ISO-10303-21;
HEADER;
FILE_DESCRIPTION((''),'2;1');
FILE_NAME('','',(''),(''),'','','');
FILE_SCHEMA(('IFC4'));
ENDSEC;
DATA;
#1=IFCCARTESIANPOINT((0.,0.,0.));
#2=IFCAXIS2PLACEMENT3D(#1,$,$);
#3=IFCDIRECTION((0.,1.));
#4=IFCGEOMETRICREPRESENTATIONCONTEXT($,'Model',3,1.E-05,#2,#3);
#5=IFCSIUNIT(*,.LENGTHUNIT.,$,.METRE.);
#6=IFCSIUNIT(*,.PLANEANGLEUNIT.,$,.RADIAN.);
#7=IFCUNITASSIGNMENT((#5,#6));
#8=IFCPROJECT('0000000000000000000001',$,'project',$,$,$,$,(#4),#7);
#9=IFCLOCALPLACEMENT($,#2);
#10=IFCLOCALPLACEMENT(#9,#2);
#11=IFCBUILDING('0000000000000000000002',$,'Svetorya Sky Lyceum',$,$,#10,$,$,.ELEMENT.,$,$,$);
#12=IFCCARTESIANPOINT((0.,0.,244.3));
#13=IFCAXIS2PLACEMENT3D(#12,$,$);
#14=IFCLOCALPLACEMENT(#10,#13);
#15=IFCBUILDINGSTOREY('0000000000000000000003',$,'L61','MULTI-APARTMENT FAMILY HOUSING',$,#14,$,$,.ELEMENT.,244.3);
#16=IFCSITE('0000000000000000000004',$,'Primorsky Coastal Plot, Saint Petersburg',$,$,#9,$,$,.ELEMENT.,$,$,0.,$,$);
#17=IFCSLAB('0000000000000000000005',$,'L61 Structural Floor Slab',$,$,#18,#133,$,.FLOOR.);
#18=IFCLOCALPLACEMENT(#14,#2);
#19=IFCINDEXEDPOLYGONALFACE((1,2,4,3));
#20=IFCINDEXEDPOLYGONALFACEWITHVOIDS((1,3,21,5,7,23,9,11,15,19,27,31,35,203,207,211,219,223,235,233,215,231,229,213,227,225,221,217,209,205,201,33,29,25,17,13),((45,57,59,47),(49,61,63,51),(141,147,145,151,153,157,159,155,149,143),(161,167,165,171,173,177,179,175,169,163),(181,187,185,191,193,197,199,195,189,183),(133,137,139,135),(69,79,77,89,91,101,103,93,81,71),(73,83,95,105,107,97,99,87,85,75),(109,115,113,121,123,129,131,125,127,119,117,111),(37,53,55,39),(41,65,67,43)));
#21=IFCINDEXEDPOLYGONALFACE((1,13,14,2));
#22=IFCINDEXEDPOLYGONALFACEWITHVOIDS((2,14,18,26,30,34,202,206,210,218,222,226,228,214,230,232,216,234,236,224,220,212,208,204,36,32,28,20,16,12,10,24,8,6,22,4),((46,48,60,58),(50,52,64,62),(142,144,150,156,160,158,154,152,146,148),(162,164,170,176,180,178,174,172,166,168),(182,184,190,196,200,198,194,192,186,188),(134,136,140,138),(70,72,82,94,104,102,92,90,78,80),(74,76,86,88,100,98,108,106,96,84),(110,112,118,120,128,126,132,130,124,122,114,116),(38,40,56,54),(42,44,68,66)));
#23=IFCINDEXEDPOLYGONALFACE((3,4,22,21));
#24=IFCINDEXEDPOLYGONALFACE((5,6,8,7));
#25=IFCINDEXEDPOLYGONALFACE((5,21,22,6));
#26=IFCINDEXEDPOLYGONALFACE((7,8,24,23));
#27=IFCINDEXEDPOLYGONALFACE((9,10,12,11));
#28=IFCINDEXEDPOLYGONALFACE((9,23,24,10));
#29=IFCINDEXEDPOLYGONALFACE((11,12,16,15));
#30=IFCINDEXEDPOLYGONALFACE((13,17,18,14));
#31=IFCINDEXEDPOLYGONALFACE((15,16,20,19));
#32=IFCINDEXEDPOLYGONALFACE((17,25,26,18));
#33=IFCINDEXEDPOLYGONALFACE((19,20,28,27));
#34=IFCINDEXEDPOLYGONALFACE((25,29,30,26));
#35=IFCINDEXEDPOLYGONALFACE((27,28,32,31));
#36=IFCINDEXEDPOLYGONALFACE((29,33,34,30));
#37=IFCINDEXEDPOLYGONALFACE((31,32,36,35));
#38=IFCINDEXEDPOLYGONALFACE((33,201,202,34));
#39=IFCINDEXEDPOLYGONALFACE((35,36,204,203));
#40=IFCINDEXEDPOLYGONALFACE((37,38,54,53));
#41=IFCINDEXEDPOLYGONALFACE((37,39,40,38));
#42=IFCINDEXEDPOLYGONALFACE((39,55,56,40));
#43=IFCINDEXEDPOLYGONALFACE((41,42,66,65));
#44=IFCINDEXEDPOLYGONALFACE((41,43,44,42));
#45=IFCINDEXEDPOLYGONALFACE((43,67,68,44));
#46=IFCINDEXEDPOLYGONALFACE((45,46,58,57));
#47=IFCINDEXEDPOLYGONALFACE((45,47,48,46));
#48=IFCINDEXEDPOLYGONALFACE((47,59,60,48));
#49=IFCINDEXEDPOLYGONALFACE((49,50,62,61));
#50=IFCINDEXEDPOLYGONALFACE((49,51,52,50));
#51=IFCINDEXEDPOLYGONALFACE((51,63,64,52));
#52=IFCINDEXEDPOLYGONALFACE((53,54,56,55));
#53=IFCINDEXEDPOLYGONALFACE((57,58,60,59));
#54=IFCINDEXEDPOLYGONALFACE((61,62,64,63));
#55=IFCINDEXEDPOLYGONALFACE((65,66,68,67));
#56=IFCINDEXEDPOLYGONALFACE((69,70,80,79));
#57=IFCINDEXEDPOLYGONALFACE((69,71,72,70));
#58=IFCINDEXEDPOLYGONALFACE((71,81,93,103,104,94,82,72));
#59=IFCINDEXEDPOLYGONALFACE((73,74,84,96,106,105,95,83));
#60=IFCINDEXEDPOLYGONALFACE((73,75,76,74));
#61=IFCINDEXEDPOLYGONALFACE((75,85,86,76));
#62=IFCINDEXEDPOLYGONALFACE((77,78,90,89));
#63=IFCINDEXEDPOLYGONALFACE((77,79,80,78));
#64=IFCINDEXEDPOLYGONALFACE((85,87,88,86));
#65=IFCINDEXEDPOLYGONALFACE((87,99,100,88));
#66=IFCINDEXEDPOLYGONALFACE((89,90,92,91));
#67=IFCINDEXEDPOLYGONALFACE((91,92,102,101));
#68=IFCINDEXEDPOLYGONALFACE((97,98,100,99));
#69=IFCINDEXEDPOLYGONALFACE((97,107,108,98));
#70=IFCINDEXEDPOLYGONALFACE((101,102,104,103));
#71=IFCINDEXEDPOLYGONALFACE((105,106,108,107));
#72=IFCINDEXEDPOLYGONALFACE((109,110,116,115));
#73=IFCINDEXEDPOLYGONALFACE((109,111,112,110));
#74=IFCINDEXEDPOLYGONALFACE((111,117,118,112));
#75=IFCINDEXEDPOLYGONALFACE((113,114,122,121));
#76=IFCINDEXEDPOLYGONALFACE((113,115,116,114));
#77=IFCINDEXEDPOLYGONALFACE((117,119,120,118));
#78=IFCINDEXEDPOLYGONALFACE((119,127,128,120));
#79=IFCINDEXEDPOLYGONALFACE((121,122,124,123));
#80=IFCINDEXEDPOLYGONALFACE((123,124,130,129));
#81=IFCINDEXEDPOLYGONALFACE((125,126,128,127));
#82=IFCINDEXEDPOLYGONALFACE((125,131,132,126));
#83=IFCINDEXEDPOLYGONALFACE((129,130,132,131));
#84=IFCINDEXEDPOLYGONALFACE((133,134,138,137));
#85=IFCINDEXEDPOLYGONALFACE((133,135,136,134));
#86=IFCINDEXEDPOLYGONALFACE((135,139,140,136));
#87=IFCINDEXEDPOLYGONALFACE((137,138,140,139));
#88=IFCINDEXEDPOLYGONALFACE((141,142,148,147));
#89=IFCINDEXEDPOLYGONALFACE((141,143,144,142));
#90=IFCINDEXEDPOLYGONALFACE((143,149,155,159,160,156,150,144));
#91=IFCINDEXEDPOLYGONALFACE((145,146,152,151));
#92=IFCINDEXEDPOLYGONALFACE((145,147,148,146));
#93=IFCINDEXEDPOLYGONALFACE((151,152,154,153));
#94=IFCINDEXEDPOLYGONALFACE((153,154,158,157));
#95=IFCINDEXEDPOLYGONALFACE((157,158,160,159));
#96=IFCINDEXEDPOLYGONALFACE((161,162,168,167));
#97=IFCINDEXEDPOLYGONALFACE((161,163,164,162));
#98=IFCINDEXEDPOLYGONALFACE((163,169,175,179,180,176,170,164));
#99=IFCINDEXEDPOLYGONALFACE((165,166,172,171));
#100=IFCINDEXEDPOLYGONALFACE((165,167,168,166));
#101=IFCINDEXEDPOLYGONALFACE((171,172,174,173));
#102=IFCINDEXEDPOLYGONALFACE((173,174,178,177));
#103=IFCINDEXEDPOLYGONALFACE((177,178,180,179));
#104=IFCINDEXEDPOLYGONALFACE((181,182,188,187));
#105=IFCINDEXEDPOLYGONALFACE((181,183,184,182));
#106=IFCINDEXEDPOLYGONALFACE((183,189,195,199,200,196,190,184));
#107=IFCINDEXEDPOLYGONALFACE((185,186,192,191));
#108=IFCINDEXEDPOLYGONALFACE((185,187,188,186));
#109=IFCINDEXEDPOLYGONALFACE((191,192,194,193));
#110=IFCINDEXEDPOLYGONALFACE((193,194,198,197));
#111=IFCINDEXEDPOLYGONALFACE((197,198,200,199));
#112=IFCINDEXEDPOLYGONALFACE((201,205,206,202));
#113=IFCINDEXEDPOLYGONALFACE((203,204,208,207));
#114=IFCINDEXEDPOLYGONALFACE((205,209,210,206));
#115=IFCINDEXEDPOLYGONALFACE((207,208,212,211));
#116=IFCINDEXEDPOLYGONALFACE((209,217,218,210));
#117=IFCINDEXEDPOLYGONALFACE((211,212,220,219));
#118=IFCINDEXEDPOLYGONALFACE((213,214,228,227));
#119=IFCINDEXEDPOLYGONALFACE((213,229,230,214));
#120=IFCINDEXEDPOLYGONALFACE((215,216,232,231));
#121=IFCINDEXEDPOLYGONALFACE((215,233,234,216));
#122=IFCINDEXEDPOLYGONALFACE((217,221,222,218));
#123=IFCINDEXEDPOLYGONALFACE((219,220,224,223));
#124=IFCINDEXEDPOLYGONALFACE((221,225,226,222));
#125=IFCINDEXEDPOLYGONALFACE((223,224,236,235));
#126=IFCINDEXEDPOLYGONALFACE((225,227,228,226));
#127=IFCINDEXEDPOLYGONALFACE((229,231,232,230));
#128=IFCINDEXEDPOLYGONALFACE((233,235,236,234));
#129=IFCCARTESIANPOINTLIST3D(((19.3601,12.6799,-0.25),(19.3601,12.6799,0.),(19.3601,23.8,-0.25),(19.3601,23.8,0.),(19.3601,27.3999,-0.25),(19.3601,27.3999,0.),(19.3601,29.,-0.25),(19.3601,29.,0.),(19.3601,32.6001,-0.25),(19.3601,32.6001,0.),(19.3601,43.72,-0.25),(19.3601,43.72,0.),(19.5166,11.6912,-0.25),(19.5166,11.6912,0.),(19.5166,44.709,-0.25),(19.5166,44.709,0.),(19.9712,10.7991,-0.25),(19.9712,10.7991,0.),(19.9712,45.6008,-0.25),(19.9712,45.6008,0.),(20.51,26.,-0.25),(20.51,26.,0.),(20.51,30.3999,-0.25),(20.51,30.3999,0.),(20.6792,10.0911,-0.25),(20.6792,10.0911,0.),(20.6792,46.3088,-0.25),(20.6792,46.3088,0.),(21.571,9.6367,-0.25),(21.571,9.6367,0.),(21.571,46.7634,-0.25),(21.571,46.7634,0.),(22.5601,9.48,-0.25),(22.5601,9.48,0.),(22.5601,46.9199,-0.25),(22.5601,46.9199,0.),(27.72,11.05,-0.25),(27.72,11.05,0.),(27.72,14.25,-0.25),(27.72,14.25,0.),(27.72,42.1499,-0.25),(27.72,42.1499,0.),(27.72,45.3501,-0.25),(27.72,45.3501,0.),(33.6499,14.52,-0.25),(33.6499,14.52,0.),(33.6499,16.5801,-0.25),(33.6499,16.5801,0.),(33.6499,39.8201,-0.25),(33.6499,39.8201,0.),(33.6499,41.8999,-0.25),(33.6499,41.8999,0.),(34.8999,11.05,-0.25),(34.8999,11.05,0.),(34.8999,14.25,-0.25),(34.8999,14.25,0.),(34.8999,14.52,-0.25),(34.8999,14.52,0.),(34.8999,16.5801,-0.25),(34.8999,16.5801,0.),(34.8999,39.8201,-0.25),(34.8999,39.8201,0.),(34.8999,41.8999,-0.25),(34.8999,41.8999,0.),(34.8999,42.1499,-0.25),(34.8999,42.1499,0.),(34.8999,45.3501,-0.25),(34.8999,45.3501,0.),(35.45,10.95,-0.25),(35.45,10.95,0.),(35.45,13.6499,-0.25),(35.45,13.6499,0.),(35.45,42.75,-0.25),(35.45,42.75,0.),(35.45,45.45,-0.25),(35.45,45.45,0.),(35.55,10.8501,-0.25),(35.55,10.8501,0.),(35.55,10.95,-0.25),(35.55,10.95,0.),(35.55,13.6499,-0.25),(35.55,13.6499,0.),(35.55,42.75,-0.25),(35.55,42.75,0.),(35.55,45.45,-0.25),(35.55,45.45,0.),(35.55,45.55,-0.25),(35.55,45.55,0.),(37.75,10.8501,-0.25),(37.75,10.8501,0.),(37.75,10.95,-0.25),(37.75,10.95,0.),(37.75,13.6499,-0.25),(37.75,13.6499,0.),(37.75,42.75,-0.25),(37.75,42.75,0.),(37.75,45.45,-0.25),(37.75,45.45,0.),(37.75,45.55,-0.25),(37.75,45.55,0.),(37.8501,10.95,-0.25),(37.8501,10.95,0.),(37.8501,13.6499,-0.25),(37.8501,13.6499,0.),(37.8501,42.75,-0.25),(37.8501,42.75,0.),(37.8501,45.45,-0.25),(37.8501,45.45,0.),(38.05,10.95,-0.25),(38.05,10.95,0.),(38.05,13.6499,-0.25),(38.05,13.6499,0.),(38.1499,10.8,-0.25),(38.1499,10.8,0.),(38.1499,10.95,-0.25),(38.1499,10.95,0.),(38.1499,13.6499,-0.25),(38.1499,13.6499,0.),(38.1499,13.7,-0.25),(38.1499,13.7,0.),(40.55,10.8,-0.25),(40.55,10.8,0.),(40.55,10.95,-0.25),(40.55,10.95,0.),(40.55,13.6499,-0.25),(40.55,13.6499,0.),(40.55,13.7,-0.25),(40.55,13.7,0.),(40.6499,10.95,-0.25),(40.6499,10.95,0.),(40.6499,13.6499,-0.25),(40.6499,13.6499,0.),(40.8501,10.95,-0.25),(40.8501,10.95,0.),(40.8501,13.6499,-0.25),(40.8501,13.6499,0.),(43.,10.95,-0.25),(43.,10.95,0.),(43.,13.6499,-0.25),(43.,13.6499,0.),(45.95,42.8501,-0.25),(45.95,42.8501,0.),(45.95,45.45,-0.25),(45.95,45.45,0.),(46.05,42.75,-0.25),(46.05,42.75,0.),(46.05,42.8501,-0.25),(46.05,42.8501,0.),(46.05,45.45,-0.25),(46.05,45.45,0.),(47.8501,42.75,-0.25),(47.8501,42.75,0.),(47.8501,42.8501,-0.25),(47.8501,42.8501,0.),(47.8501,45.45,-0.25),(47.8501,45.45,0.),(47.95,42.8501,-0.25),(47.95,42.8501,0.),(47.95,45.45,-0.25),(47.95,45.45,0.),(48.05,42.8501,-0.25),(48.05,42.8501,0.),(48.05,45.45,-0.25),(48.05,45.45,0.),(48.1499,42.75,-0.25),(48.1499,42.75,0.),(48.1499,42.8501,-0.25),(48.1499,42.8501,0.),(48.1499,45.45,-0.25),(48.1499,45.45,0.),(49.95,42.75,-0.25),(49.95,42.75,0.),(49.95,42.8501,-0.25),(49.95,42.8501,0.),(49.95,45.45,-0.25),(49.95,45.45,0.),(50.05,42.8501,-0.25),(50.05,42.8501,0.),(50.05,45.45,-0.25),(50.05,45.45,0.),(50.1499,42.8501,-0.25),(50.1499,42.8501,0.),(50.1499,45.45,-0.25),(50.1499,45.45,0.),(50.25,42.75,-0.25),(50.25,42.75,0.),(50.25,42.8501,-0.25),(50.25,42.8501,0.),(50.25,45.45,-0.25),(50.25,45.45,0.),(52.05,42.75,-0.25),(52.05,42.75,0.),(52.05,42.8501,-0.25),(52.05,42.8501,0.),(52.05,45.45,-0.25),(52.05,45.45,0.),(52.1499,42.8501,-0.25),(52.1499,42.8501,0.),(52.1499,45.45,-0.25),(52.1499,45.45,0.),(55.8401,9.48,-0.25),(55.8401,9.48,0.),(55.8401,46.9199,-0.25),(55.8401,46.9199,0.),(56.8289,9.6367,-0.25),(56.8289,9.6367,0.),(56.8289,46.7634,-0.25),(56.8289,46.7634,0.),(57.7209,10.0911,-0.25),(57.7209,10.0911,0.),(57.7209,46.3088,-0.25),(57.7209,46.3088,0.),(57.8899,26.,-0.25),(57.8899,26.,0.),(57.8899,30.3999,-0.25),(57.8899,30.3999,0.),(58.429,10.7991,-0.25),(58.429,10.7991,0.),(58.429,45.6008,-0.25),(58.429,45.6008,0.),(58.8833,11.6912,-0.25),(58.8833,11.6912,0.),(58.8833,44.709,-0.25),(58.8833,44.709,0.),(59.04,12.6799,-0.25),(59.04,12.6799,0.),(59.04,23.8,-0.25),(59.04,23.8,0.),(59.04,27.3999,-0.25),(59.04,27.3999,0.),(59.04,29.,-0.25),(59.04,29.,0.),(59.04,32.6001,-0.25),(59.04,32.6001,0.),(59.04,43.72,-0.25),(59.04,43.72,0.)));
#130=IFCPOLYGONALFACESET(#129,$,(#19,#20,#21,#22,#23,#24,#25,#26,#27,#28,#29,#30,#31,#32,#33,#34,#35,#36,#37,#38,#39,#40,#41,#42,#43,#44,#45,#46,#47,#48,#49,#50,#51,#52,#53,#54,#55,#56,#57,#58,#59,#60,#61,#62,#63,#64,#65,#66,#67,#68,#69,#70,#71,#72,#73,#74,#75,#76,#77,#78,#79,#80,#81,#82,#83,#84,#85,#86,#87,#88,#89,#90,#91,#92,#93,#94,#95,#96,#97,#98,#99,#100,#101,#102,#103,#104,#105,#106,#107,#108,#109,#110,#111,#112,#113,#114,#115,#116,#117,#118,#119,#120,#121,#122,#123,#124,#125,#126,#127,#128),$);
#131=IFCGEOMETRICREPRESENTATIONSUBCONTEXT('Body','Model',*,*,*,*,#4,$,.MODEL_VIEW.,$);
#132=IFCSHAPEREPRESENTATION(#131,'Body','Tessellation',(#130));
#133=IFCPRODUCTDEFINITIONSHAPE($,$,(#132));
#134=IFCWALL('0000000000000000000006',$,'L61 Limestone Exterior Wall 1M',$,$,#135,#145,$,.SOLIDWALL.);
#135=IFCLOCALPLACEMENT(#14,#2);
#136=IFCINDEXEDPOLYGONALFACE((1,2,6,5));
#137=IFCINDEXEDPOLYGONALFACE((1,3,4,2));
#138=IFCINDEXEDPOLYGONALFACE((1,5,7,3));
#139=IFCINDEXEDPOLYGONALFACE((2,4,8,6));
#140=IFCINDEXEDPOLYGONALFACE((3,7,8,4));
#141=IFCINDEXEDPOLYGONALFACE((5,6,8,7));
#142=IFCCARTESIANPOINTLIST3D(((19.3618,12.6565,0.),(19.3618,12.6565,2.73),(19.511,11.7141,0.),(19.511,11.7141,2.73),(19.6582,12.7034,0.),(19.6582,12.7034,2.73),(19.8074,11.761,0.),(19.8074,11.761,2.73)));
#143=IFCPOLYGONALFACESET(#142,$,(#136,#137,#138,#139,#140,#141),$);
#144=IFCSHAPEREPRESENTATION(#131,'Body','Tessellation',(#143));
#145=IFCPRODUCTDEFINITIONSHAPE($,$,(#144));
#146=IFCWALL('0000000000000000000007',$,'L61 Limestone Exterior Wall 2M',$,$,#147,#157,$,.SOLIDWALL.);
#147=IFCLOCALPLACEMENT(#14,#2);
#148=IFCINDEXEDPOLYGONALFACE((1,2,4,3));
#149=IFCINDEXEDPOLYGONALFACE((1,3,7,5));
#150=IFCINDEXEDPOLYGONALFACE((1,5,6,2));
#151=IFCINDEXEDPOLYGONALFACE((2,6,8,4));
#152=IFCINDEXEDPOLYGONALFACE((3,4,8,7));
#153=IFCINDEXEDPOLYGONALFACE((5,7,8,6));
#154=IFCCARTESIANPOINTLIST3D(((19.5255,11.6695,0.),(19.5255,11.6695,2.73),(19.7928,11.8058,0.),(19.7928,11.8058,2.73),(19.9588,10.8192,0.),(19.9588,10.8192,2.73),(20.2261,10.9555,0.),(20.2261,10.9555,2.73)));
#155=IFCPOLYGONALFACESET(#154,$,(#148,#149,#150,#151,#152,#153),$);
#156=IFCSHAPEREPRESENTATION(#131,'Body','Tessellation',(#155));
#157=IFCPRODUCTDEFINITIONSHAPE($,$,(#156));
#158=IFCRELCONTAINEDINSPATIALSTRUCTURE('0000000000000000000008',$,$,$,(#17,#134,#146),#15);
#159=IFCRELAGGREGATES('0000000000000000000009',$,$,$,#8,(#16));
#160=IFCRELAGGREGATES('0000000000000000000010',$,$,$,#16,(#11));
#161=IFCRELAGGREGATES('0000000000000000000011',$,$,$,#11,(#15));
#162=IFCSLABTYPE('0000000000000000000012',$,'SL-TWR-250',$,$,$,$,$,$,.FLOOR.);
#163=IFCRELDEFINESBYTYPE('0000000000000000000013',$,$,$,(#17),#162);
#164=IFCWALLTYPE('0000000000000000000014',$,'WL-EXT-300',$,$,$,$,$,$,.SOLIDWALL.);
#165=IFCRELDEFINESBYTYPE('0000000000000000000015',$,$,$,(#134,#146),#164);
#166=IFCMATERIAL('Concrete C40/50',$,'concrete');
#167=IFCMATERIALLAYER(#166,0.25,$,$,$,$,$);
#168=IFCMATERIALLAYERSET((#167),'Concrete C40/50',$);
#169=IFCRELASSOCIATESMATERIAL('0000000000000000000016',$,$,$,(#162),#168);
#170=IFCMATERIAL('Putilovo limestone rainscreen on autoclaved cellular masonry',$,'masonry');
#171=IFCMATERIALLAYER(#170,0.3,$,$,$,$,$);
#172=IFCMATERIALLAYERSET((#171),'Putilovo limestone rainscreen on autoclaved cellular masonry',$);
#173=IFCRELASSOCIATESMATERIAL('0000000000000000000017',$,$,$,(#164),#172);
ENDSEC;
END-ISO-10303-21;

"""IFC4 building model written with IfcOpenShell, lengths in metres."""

from ifc_helpers import new_model, si_unit, direction, frame, frame_2d, origin, place, context, subcontext, project, spatial, polyline, rectangle, outline, extrude, material, layer, layer_set, type_object, element, save


model = new_model("IFC4")

# Units and contexts
model_context = context("Model", 3, precision=1e-05, world=origin(), true_north=direction((0.0, 1.0)))
body_context = subcontext(model_context, "Body", "Model", "MODEL_VIEW")
ifc_project = project(units=[si_unit("LENGTHUNIT", "METRE"), si_unit("PLANEANGLEUNIT", "RADIAN")], contexts=[model_context])

# Site, building, storey
site_placement = place(None, origin())
site = spatial("IfcSite", under=ifc_project, at=site_placement, Name="Primorsky Coastal Plot, Saint Petersburg", CompositionType="ELEMENT", RefElevation=0.0)
building_placement = place(site_placement, origin())
building = spatial("IfcBuilding", under=site, at=building_placement, Name="Svetorya Sky Lyceum", CompositionType="ELEMENT")
storey_placement = place(building_placement, frame((0.0, 0.0, 244.3)))
storey = spatial("IfcBuildingStorey", under=building, at=storey_placement, Name="L61", Description="MULTI-APARTMENT FAMILY HOUSING", CompositionType="ELEMENT", Elevation=244.3)

# Shared definitions
ifc_material_1 = material(Name="Concrete C40/50", Category="concrete")

# Slab
ifc_layer_1 = layer(ifc_material_1, 0.25)
ifc_layer_set_1 = layer_set([ifc_layer_1], Name="Concrete C40/50")
slab_type_1 = type_object("IfcSlabType", Name="SL-TWR-250", PredefinedType="FLOOR", material=ifc_layer_set_1)
slab_1_placement = place(storey_placement, frame((0.0, 0.0, -0.25)))
element("IfcSlab", 1, at=slab_1_placement, inside=storey, type_object=slab_type_1, Name="L61 Structural Floor Slab", PredefinedType="FLOOR", context=body_context, shape_type="SweptSolid", body=[
    extrude(outline(polyline([(19.3601, 12.6799), (19.5166, 11.6912), (19.9712, 10.7991), (20.6792, 10.0911), (21.571, 9.6367), (22.5601, 9.48), (55.8401, 9.48), (56.8289, 9.6367), (57.7209, 10.0911), (58.429, 10.7991), (58.8833, 11.6912), (59.04, 12.6799), (59.04, 23.8), (57.8899, 26.0), (59.04, 27.3999), (59.04, 29.0), (57.8899, 30.3999), (59.04, 32.6001), (59.04, 43.72), (58.8833, 44.709), (58.429, 45.6008), (57.7209, 46.3088), (56.8289, 46.7634), (55.8401, 46.9199), (22.5601, 46.9199), (21.571, 46.7634), (20.6792, 46.3088), (19.9712, 45.6008), (19.5166, 44.709), (19.3601, 43.72), (19.3601, 32.6001), (20.51, 30.3999), (19.3601, 29.0), (19.3601, 27.3999), (20.51, 26.0), (19.3601, 23.8), (19.3601, 12.6799)]), holes=[polyline([(37.8501, 10.95), (37.75, 10.95), (37.75, 10.8501), (35.55, 10.8501), (35.55, 10.95), (35.45, 10.95), (35.45, 13.6499), (35.55, 13.6499), (37.75, 13.6499), (37.8501, 13.6499), (37.8501, 10.95)]), polyline([(38.1499, 10.8), (38.1499, 10.95), (38.05, 10.95), (38.05, 13.6499), (38.1499, 13.6499), (38.1499, 13.7), (40.55, 13.7), (40.55, 13.6499), (40.6499, 13.6499), (40.6499, 10.95), (40.55, 10.95), (40.55, 10.8), (38.1499, 10.8)]), polyline([(27.72, 11.05), (27.72, 14.25), (34.8999, 14.25), (34.8999, 11.05), (27.72, 11.05)]), polyline([(33.6499, 14.52), (33.6499, 16.5801), (34.8999, 16.5801), (34.8999, 14.52), (33.6499, 14.52)]), polyline([(33.6499, 39.8201), (33.6499, 41.8999), (34.8999, 41.8999), (34.8999, 39.8201), (33.6499, 39.8201)]), polyline([(27.72, 42.1499), (27.72, 45.3501), (34.8999, 45.3501), (34.8999, 42.1499), (27.72, 42.1499)]), polyline([(37.75, 42.75), (35.55, 42.75), (35.45, 42.75), (35.45, 45.45), (35.55, 45.45), (35.55, 45.55), (37.75, 45.55), (37.75, 45.45), (37.8501, 45.45), (37.8501, 42.75), (37.75, 42.75)]), polyline([(40.8501, 10.95), (40.8501, 13.6499), (43.0, 13.6499), (43.0, 10.95), (40.8501, 10.95)]), polyline([(46.05, 42.75), (46.05, 42.8501), (45.95, 42.8501), (45.95, 45.45), (46.05, 45.45), (47.8501, 45.45), (47.95, 45.45), (47.95, 42.8501), (47.8501, 42.8501), (47.8501, 42.75), (46.05, 42.75)]), polyline([(50.05, 42.8501), (49.95, 42.8501), (49.95, 42.75), (48.1499, 42.75), (48.1499, 42.8501), (48.05, 42.8501), (48.05, 45.45), (48.1499, 45.45), (49.95, 45.45), (50.05, 45.45), (50.05, 42.8501)]), polyline([(52.1499, 42.8501), (52.05, 42.8501), (52.05, 42.75), (50.25, 42.75), (50.25, 42.8501), (50.1499, 42.8501), (50.1499, 45.45), (50.25, 45.45), (52.05, 45.45), (52.1499, 45.45), (52.1499, 42.8501)])]), origin(), (0.0, 0.0, 1.0), 0.25),
])

# Walls
ifc_material_2 = material(Name="Putilovo limestone rainscreen on autoclaved cellular masonry", Category="masonry")
ifc_layer_2 = layer(ifc_material_2, 0.3)
ifc_layer_set_2 = layer_set([ifc_layer_2], Name="Putilovo limestone rainscreen on autoclaved cellular masonry")
wall_type_1 = type_object("IfcWallType", Name="WL-EXT-300", PredefinedType="SOLIDWALL", material=ifc_layer_set_2)
wall_1_placement = place(storey_placement, frame((19.51, 12.6799, 0.0), z_axis=(0.0, 0.0, 1.0), x_axis=(0.156344, -0.987703, 0.0)))
element("IfcWall", 2, at=wall_1_placement, inside=storey, type_object=wall_type_1, Name="L61 Limestone Exterior Wall 1M", PredefinedType="SOLIDWALL", context=body_context, shape_type="SweptSolid", body=[
    extrude(rectangle(XDim=0.9541, YDim=0.3, at=frame_2d((0.4771, 0.0))), origin(), (0.0, 0.0, 1.0), 2.73),
])
wall_2_placement = place(storey_placement, frame((19.6592, 11.7375, 0.0), z_axis=(0.0, 0.0, 1.0), x_axis=(0.454056, -0.890973, 0.0)))
element("IfcWall", 3, at=wall_2_placement, inside=storey, type_object=wall_type_1, Name="L61 Limestone Exterior Wall 2M", PredefinedType="SOLIDWALL", context=body_context, shape_type="SweptSolid", body=[
    extrude(rectangle(XDim=0.9543, YDim=0.3, at=frame_2d((0.4771, 0.0))), origin(), (0.0, 0.0, 1.0), 2.73),
])

save(model, "model.ifc")
